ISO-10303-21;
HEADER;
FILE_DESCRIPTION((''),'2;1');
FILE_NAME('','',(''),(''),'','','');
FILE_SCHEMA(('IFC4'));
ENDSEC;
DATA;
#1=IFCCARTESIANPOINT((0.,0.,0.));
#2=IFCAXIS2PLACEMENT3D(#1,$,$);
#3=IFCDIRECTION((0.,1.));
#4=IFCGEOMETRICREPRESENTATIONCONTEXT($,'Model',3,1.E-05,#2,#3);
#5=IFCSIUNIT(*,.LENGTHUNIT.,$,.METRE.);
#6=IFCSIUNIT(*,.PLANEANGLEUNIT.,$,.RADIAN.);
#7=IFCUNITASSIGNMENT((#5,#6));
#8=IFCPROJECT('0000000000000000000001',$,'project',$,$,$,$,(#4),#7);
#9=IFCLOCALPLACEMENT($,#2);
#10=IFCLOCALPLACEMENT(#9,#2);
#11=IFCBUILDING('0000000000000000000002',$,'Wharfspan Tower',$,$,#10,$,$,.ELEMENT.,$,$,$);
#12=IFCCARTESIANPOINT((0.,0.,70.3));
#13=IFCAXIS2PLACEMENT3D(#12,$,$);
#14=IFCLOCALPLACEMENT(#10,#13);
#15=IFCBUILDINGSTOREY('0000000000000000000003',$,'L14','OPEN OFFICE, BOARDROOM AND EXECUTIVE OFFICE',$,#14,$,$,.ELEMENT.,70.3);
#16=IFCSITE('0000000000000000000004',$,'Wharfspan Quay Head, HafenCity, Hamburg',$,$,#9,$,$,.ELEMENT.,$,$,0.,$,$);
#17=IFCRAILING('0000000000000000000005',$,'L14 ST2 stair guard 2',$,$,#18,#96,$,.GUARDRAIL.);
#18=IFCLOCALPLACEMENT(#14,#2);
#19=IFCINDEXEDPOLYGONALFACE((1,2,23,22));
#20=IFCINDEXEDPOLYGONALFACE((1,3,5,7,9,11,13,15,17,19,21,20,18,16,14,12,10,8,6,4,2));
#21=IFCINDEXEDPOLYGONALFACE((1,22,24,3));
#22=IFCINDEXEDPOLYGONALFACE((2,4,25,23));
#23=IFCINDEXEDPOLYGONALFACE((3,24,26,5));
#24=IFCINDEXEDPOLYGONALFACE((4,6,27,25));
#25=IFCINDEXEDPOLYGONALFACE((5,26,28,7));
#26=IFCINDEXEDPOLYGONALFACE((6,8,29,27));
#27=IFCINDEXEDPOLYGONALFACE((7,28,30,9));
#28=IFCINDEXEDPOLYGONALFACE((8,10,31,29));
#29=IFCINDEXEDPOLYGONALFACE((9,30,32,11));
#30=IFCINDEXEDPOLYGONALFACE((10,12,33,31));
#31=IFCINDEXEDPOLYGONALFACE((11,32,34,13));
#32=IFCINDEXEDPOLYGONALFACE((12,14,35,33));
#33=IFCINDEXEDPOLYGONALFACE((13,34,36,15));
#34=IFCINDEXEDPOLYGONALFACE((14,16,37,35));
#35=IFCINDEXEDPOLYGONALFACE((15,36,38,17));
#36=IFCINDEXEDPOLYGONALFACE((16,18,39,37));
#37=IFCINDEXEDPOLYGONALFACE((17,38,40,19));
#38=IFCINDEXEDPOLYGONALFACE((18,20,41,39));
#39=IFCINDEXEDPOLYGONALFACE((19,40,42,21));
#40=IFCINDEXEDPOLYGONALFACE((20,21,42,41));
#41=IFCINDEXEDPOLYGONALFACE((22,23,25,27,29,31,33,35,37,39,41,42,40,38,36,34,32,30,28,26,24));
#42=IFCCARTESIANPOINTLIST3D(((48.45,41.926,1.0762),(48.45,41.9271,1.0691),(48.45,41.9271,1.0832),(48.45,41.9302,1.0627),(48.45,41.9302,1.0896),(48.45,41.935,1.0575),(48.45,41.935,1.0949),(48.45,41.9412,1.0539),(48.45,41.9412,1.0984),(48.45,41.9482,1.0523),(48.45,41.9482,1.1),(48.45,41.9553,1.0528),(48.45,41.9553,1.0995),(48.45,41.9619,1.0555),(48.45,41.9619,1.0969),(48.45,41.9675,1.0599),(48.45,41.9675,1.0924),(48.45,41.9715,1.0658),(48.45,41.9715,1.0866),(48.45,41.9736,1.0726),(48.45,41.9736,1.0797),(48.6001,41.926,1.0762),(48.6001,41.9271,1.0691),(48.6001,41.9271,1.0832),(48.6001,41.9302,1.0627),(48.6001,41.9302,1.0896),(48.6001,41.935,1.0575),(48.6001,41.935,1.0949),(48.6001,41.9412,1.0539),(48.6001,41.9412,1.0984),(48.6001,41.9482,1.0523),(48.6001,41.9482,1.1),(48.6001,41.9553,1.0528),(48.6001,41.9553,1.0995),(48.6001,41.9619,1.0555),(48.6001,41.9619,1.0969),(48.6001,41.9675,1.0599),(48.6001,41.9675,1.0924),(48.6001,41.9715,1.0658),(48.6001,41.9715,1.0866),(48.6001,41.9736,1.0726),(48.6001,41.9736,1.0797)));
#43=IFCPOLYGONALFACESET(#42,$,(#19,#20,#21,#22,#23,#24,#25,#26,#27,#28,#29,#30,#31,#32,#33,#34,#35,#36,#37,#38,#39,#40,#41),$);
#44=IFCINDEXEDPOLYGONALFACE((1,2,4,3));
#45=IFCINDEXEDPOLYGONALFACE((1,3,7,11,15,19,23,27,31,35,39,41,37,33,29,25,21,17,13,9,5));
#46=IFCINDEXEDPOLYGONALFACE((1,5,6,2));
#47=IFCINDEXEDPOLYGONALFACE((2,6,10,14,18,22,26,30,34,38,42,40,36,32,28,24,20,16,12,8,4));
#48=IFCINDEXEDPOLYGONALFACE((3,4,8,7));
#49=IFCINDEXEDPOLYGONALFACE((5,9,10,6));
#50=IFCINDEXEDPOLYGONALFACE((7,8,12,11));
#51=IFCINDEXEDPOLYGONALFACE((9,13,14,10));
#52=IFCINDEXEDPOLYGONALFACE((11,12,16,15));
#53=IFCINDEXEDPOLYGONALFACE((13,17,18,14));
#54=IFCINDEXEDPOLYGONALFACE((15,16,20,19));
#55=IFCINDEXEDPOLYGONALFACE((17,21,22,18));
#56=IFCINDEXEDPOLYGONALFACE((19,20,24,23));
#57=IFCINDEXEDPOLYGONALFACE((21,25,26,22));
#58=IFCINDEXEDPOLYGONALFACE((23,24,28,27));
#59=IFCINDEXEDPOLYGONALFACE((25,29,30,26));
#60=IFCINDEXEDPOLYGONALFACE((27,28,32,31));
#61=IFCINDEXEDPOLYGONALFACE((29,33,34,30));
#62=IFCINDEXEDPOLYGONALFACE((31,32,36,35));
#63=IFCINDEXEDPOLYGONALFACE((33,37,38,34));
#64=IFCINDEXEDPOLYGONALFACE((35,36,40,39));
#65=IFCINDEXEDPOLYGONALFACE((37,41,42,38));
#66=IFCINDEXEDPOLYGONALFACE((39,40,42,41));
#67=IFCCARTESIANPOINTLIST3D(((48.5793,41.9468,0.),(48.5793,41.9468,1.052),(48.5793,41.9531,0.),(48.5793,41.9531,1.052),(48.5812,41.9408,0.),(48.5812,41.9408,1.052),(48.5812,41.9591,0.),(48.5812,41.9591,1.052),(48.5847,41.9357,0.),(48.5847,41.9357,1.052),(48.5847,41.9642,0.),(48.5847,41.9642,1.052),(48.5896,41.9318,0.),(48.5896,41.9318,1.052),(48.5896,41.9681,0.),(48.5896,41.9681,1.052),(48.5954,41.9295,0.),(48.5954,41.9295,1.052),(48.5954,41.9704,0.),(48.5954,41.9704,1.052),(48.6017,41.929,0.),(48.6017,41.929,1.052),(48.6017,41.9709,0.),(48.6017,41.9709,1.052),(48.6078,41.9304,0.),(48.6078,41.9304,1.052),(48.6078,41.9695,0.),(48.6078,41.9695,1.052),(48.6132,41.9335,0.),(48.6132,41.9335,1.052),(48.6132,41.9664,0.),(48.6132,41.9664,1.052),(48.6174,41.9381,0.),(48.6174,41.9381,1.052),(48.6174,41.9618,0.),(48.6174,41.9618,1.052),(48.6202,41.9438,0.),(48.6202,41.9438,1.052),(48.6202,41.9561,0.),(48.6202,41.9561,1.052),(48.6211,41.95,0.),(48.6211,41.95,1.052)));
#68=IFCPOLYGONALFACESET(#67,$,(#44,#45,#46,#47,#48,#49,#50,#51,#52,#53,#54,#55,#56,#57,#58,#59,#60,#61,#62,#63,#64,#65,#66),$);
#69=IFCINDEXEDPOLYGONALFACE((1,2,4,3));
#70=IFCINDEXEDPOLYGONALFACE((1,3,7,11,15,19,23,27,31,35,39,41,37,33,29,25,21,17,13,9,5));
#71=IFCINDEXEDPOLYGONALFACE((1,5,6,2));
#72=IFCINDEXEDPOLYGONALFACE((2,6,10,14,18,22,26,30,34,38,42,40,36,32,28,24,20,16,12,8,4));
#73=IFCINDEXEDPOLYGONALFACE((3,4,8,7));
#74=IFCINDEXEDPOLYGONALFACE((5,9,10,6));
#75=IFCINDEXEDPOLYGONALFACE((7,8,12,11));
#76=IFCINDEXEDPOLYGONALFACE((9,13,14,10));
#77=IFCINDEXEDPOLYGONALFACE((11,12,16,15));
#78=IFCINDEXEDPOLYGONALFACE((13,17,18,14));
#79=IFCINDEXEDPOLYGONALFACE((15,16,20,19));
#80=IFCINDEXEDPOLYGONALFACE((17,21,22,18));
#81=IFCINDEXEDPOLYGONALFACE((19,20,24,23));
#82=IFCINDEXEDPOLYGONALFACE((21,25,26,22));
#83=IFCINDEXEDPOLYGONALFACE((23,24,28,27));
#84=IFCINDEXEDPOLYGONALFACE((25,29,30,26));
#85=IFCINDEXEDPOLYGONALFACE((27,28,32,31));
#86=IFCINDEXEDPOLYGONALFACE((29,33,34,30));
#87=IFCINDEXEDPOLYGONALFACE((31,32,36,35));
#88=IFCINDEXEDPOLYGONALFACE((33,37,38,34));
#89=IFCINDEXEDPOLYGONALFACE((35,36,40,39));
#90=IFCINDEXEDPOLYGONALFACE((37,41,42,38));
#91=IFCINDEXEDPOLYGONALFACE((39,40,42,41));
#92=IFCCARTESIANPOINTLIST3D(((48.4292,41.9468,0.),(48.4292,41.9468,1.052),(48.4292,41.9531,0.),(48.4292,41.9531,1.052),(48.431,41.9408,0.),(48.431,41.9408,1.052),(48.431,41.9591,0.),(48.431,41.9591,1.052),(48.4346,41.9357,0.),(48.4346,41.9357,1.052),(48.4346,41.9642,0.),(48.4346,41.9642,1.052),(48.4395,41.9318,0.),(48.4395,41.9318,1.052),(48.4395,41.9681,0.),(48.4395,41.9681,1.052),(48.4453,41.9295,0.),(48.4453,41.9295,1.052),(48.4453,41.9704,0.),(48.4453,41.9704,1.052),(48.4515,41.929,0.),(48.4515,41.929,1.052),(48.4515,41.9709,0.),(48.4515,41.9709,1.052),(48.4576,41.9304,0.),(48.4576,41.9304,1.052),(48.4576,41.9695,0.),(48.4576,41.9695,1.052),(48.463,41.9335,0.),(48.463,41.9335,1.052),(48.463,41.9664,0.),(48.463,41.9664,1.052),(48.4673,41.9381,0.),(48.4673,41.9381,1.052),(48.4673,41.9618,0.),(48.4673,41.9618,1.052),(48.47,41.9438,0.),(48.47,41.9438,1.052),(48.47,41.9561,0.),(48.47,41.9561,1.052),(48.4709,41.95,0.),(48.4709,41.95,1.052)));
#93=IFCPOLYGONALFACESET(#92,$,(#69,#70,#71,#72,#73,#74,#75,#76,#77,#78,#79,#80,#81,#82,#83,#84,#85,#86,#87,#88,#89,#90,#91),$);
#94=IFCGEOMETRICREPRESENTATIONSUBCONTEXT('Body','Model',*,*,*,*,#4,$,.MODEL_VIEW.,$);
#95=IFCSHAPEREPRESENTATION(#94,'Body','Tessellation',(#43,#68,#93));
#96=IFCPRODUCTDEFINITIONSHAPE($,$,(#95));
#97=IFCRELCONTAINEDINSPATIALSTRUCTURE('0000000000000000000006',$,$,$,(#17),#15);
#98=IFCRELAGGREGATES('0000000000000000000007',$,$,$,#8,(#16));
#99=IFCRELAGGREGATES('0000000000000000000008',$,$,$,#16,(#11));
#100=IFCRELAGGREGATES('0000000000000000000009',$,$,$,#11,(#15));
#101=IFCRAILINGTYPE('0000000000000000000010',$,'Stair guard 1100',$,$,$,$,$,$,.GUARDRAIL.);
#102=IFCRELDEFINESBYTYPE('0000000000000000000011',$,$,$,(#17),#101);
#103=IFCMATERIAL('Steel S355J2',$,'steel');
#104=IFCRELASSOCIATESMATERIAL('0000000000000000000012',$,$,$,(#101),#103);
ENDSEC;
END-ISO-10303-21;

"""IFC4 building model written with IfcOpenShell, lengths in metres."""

from ifc_helpers import new_model, si_unit, direction, frame, origin, origin_2d, place, context, subcontext, project, spatial, circle, extrude, material, type_object, element, save


model = new_model("IFC4")

# Units and contexts
model_context = context("Model", 3, precision=1e-05, world=origin(), true_north=direction((0.0, 1.0)))
body_context = subcontext(model_context, "Body", "Model", "MODEL_VIEW")
ifc_project = project(units=[si_unit("LENGTHUNIT", "METRE"), si_unit("PLANEANGLEUNIT", "RADIAN")], contexts=[model_context])

# Site, building, storey
site_placement = place(None, origin())
site = spatial("IfcSite", under=ifc_project, at=site_placement, Name="Wharfspan Quay Head, HafenCity, Hamburg", CompositionType="ELEMENT", RefElevation=0.0)
building_placement = place(site_placement, origin())
building = spatial("IfcBuilding", under=site, at=building_placement, Name="Wharfspan Tower", CompositionType="ELEMENT")
storey_placement = place(building_placement, frame((0.0, 0.0, 70.3)))
storey = spatial("IfcBuildingStorey", under=building, at=storey_placement, Name="L14", Description="OPEN OFFICE, BOARDROOM AND EXECUTIVE OFFICE", CompositionType="ELEMENT", Elevation=70.3)

# Shared definitions
ifc_material_1 = material(Name="Steel S355J2", Category="steel")

# Railing
railing_type_1 = type_object("IfcRailingType", Name="Stair guard 1100", PredefinedType="GUARDRAIL", material=ifc_material_1)
railing_1_placement = place(storey_placement, frame((48.6001, 41.95, 0.0)))
element("IfcRailing", 1, at=railing_1_placement, inside=storey, type_object=railing_type_1, Name="L14 ST2 stair guard 2", PredefinedType="GUARDRAIL", context=body_context, shape_type="SweptSolid", body=[
    extrude(circle(Radius=0.0239, at=origin_2d()), frame((0.0, 0.0, 1.0762), z_axis=(-1.0, 0.0, 0.0), x_axis=(0.0, -1.0, 0.0)), (0.0, 0.0, 1.0), 0.1501),
    extrude(circle(Radius=0.021, at=origin_2d()), origin(), (0.0, 0.0, 1.0), 1.052),
    extrude(circle(Radius=0.021, at=origin_2d()), frame((-0.1501, 0.0, 0.0)), (0.0, 0.0, 1.0), 1.052),
])

save(model, "model.ifc")
